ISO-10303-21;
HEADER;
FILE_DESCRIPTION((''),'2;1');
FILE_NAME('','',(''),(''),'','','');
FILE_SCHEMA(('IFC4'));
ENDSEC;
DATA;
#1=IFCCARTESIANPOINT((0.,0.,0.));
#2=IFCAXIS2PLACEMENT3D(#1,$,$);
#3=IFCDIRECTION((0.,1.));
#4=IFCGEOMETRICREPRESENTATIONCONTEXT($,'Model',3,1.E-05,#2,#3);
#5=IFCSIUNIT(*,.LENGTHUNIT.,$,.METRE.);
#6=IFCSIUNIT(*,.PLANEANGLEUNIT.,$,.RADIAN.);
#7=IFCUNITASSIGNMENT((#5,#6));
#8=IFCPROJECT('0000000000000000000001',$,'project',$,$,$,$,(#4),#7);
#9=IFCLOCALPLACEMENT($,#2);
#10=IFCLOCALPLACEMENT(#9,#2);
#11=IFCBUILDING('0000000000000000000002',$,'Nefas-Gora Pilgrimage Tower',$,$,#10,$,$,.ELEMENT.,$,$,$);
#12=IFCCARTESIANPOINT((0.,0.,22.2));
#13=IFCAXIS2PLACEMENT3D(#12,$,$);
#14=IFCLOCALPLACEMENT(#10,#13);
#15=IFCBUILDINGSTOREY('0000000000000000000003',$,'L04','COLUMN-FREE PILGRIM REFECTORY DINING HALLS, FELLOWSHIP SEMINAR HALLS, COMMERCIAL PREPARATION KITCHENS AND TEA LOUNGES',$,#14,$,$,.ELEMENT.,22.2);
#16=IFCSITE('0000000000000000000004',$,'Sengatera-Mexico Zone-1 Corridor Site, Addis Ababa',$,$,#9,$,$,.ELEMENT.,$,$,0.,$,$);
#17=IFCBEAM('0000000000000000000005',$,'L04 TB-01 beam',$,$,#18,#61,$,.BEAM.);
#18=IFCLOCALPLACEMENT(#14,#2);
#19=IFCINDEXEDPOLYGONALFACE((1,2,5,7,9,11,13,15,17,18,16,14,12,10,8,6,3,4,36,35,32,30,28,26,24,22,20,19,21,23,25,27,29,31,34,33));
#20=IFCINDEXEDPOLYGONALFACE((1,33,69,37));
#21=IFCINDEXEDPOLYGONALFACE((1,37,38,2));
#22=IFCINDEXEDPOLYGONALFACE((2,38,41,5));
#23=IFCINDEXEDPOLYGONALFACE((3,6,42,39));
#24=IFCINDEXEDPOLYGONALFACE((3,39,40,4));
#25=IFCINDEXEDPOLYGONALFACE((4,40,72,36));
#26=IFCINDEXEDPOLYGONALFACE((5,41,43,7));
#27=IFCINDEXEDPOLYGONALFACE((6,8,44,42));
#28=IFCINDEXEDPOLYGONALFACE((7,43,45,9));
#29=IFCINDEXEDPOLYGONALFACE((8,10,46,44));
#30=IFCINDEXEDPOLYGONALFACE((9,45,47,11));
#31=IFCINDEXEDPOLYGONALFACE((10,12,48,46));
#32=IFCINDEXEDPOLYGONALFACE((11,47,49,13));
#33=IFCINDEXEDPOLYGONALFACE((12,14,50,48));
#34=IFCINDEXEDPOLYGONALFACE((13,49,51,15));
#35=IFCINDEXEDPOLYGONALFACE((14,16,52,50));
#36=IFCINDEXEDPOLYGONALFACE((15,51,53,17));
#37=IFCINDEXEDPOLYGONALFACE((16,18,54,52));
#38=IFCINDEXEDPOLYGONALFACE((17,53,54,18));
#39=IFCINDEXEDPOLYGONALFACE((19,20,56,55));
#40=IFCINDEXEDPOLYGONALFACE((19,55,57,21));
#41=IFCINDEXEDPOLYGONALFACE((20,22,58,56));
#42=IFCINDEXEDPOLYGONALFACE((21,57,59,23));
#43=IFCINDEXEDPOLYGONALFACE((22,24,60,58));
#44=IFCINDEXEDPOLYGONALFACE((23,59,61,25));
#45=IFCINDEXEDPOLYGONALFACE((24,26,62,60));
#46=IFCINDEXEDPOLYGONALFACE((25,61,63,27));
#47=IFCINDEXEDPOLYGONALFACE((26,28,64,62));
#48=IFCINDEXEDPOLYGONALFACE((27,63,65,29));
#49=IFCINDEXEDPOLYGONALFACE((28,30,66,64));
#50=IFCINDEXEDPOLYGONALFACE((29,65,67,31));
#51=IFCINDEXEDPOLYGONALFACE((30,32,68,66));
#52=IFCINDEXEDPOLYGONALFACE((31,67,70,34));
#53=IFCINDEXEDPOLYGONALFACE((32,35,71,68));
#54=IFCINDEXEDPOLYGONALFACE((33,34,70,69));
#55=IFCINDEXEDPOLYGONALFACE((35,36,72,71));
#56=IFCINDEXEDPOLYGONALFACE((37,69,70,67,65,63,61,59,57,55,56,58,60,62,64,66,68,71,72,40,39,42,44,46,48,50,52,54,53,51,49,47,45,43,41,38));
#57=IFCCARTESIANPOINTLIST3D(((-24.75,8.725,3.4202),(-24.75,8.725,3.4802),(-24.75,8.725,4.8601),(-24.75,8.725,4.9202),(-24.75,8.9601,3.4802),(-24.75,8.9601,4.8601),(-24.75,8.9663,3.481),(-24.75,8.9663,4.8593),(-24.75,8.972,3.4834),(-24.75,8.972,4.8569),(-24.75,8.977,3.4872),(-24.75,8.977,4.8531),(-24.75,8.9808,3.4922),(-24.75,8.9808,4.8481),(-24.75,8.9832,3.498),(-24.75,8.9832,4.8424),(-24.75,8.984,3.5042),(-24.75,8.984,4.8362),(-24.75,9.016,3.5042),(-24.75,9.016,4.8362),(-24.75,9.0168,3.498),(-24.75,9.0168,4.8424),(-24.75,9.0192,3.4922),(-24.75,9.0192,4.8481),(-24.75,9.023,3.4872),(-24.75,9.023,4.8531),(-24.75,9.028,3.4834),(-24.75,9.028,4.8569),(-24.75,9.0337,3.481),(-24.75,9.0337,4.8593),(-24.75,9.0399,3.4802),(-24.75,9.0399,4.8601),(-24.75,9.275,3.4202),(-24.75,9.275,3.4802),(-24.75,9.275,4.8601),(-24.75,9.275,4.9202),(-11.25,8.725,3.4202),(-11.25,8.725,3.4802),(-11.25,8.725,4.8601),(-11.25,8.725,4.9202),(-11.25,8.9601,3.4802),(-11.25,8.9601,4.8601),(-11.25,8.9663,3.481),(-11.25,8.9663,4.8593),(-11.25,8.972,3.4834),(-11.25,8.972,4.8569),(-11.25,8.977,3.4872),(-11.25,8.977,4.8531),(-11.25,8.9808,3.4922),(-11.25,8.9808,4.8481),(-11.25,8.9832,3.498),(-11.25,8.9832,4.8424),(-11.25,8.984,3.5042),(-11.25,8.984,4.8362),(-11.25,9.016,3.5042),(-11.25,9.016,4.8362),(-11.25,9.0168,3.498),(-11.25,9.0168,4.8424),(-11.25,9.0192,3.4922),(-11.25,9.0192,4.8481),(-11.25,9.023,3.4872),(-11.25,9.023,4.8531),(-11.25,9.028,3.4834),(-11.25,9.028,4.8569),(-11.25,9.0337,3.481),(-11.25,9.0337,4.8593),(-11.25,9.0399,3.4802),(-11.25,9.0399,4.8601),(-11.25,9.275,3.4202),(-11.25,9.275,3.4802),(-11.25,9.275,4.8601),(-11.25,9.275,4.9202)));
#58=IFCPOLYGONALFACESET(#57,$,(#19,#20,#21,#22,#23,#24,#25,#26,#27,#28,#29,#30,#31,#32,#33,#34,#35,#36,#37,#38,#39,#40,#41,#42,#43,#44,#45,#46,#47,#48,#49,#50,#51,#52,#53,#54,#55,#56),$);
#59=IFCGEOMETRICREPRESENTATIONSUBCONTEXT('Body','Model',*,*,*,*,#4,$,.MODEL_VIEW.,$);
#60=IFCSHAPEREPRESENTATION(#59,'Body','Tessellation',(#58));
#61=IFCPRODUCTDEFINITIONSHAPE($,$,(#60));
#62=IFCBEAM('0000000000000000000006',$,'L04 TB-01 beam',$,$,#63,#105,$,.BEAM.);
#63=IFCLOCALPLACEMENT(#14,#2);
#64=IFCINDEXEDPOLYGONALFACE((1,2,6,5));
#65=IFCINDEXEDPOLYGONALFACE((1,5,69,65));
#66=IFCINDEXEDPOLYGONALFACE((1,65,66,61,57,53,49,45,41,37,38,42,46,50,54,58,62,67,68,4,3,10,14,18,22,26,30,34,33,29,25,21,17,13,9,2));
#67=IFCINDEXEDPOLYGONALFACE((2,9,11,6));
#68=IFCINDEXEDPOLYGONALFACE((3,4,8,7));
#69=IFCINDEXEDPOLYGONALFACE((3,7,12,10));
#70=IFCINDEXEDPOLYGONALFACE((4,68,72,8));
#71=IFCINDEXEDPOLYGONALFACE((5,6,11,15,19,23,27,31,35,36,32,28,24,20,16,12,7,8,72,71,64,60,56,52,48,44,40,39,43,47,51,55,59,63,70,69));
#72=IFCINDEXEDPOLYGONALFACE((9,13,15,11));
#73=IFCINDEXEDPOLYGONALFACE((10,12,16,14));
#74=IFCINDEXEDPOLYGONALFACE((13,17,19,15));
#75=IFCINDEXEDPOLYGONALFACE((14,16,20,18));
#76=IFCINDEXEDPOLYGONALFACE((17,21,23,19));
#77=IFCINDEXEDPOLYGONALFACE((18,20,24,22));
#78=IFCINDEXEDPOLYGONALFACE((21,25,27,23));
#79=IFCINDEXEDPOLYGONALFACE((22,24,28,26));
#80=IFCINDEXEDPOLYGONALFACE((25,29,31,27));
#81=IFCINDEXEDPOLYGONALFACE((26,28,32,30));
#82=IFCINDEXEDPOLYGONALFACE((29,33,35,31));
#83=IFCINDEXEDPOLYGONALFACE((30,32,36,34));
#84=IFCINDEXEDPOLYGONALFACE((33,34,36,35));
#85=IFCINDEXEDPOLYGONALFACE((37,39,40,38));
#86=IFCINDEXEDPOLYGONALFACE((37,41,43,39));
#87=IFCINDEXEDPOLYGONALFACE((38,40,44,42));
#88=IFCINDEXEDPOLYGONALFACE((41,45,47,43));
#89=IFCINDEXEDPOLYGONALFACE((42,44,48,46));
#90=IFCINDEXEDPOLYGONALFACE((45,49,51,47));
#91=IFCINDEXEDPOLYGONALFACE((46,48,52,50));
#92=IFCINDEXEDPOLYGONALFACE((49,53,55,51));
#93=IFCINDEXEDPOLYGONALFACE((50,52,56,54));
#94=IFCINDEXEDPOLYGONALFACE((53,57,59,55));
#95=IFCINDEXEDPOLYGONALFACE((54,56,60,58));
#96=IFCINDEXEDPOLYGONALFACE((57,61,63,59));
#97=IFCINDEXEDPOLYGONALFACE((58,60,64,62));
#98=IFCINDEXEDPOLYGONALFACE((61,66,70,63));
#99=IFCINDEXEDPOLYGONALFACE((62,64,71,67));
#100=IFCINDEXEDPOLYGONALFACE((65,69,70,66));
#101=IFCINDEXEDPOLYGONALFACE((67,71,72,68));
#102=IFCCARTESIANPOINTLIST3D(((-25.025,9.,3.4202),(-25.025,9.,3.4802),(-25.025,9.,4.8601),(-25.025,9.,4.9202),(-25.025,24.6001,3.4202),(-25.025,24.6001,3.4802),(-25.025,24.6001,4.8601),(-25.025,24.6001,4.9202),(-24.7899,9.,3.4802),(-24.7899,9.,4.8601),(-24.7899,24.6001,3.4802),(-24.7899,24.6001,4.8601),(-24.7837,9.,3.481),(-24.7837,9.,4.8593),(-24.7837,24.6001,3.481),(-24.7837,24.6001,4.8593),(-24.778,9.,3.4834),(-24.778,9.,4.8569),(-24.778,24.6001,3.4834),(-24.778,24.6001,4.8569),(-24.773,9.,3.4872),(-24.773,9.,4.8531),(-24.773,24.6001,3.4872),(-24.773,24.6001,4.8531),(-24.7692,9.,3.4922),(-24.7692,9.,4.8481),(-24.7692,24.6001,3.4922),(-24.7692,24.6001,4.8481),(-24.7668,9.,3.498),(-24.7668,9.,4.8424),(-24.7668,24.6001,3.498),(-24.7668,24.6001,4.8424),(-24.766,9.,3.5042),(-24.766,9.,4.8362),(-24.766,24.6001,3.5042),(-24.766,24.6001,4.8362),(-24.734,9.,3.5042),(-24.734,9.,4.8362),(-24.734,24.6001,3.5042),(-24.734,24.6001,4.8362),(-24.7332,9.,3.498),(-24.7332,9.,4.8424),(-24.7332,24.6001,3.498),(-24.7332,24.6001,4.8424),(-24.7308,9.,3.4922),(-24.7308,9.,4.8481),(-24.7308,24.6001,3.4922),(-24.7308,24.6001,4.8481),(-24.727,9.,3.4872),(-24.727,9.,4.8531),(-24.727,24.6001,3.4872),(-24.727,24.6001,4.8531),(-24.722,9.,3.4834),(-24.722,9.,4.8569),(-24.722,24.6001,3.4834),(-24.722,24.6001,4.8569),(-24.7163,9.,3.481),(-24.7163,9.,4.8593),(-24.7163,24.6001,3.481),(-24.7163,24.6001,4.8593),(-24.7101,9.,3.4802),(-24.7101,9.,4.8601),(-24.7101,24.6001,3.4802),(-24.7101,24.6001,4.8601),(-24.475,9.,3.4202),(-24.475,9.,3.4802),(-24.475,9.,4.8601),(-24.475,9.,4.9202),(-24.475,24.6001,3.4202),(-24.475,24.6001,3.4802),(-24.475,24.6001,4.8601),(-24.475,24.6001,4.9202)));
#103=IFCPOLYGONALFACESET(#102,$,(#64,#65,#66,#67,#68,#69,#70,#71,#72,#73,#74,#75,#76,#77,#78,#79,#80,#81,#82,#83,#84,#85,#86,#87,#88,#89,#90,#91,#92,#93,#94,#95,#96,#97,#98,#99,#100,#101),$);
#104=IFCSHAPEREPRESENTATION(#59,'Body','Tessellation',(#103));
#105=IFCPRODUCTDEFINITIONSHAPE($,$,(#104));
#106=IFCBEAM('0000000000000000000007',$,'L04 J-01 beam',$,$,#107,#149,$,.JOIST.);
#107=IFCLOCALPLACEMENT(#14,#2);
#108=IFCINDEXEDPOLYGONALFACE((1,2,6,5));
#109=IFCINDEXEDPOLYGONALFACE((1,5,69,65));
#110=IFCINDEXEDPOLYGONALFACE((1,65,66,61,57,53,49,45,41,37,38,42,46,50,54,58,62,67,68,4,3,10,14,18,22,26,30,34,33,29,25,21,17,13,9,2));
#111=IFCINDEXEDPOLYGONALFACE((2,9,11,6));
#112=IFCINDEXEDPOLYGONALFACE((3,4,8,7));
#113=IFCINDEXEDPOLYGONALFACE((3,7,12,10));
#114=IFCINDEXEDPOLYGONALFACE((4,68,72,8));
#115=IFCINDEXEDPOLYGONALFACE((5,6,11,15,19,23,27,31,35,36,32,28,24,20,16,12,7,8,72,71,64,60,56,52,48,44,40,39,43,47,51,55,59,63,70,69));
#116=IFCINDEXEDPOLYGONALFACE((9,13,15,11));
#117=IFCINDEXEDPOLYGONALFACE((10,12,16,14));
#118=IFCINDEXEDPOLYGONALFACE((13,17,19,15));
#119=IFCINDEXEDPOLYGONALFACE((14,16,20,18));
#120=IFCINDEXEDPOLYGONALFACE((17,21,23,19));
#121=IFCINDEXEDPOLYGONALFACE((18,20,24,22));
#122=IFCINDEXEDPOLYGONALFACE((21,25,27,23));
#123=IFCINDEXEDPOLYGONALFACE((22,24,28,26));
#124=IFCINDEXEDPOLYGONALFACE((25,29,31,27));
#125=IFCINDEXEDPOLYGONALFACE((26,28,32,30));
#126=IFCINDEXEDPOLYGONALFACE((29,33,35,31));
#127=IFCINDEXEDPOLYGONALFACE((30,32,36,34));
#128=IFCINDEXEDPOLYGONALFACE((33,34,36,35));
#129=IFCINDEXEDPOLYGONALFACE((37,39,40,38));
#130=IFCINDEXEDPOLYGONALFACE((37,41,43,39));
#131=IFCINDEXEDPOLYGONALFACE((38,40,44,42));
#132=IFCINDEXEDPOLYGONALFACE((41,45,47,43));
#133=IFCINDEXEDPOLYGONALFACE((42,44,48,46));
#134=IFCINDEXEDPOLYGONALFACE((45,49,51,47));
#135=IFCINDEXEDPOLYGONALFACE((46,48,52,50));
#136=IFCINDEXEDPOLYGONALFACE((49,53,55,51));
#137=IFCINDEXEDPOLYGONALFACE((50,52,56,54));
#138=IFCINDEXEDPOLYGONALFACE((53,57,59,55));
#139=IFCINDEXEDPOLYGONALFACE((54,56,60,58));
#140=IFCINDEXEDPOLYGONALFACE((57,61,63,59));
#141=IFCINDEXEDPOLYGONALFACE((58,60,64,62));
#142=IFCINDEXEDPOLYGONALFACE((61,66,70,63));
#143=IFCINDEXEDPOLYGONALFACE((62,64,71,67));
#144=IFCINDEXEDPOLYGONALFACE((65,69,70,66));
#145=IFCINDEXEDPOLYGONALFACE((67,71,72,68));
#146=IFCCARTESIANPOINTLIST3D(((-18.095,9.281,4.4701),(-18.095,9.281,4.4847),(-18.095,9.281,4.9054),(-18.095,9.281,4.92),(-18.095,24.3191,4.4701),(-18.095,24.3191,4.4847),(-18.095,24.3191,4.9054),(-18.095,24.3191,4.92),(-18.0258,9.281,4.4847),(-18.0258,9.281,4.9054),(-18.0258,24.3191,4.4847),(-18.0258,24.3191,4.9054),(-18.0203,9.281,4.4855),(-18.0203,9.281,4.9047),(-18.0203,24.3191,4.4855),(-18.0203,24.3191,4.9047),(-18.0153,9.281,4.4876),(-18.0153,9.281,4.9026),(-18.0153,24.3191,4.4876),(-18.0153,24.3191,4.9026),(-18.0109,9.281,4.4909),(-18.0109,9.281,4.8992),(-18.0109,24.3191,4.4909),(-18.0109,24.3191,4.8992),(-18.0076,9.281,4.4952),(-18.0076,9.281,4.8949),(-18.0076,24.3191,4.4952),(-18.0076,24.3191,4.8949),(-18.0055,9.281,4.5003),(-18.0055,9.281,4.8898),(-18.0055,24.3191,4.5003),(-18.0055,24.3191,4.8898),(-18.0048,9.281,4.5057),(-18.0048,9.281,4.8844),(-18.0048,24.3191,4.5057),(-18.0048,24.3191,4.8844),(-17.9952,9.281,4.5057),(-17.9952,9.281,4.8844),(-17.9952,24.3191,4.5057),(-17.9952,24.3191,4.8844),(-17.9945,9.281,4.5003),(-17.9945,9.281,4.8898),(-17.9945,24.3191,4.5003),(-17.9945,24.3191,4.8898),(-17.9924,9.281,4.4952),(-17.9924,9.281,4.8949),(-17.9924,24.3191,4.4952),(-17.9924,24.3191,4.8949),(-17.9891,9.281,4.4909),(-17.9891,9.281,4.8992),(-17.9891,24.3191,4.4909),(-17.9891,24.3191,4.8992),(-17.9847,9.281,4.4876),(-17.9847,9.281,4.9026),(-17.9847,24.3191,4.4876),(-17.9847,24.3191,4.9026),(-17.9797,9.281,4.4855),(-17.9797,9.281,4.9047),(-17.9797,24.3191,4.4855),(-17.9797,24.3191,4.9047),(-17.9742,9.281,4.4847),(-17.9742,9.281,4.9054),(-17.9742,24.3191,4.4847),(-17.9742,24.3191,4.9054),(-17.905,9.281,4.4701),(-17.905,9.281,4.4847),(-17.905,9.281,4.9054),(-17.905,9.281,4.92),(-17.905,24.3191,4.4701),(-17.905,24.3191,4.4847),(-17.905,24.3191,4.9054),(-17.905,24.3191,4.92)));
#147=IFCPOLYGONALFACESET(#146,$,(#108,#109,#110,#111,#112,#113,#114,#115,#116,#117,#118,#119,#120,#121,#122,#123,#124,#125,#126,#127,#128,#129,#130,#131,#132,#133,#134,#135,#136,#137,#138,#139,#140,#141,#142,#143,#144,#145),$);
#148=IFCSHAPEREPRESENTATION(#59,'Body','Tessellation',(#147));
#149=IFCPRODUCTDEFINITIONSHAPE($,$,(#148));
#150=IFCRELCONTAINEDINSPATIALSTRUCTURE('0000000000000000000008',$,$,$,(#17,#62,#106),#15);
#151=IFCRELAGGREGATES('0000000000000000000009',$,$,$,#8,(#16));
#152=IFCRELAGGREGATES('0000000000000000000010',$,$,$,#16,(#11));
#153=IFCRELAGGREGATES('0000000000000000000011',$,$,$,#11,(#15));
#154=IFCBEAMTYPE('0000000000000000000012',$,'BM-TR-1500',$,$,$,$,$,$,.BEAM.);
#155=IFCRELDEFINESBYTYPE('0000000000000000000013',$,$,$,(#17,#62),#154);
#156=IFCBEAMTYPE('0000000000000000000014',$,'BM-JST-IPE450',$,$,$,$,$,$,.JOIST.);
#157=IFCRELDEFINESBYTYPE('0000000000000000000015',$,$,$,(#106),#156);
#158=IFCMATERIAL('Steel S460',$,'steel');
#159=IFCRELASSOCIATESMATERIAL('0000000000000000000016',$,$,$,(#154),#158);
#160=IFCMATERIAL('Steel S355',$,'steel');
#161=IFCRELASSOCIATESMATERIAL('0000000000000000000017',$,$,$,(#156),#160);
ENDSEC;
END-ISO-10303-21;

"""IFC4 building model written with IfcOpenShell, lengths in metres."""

from ifc_helpers import new_model, si_unit, direction, frame, origin, origin_2d, place, context, subcontext, project, spatial, i_section, extrude, source, transform, mapped, material, material_profile, profile_set, type_object, element, save


model = new_model("IFC4")

# Units and contexts
model_context = context("Model", 3, precision=1e-05, world=origin(), true_north=direction((0.0, 1.0)))
body_context = subcontext(model_context, "Body", "Model", "MODEL_VIEW")
ifc_project = project(units=[si_unit("LENGTHUNIT", "METRE"), si_unit("PLANEANGLEUNIT", "RADIAN")], contexts=[model_context])

# Site, building, storey
site_placement = place(None, origin())
site = spatial("IfcSite", under=ifc_project, at=site_placement, Name="Sengatera-Mexico Zone-1 Corridor Site, Addis Ababa", CompositionType="ELEMENT", RefElevation=0.0)
building_placement = place(site_placement, origin())
building = spatial("IfcBuilding", under=site, at=building_placement, Name="Nefas-Gora Pilgrimage Tower", CompositionType="ELEMENT")
storey_placement = place(building_placement, frame((0.0, 0.0, 22.2)))
storey = spatial("IfcBuildingStorey", under=building, at=storey_placement, Name="L04", Description="COLUMN-FREE PILGRIM REFECTORY DINING HALLS, FELLOWSHIP SEMINAR HALLS, COMMERCIAL PREPARATION KITCHENS AND TEA LOUNGES", CompositionType="ELEMENT", Elevation=22.2)

# Shared definitions
ifc_material_1 = material(Name="Steel S460", Category="steel")

# Beams
ifc_material_profile_1 = material_profile(ifc_material_1, i_section(OverallWidth=0.55, OverallDepth=1.5, WebThickness=0.032, FlangeThickness=0.0601, FilletRadius=0.0239, at=origin_2d()), Name="WPG 1500x550x32x60")
ifc_profile_set_1 = profile_set([ifc_material_profile_1], Name="Steel S460")
beam_type_1 = type_object("IfcBeamType", Name="BM-TR-1500", PredefinedType="BEAM", material=ifc_profile_set_1)
shared_shape_1 = source(origin(), body_context, "Body", "SweptSolid", [
    extrude(i_section(OverallWidth=0.55, OverallDepth=1.5, WebThickness=0.032, FlangeThickness=0.0601, FilletRadius=0.0239, at=origin_2d()), origin(), (0.0, 0.0, 1.0), 13.5),
])
beam_1_placement = place(storey_placement, frame((-24.75, 9.0, 4.1702), z_axis=(1.0, 0.0, 0.0), x_axis=(0.0, 1.0, 0.0)))
element("IfcBeam", 1, at=beam_1_placement, inside=storey, type_object=beam_type_1, Name="L04 TB-01 beam", PredefinedType="BEAM", context=body_context, shape_type="MappedRepresentation", body=[
    mapped(shared_shape_1, transform((0.0, 0.0, 0.0), x_axis=(1.0, 0.0, 0.0), y_axis=(0.0, 1.0, 0.0), z_axis=(0.0, 0.0, 1.0), scale=1.0)),
])
shared_shape_2 = source(origin(), body_context, "Body", "SweptSolid", [
    extrude(i_section(OverallWidth=0.55, OverallDepth=1.5, WebThickness=0.032, FlangeThickness=0.0601, FilletRadius=0.0239, at=origin_2d()), origin(), (0.0, 0.0, 1.0), 15.6001),
])
beam_2_placement = place(storey_placement, frame((-24.75, 9.0, 4.1702), z_axis=(0.0, 1.0, 0.0), x_axis=(-1.0, 0.0, 0.0)))
element("IfcBeam", 2, at=beam_2_placement, inside=storey, type_object=beam_type_1, Name="L04 TB-01 beam", PredefinedType="BEAM", context=body_context, shape_type="MappedRepresentation", body=[
    mapped(shared_shape_2, transform((0.0, 0.0, 0.0), x_axis=(1.0, 0.0, 0.0), y_axis=(0.0, 1.0, 0.0), z_axis=(0.0, 0.0, 1.0), scale=1.0)),
])
ifc_material_2 = material(Name="Steel S355", Category="steel")
ifc_material_profile_2 = material_profile(ifc_material_2, i_section(OverallWidth=0.1899, OverallDepth=0.45, WebThickness=0.0095, FlangeThickness=0.0146, FilletRadius=0.021, at=origin_2d()), Name="IPE 450")
ifc_profile_set_2 = profile_set([ifc_material_profile_2], Name="Steel S355")
beam_type_2 = type_object("IfcBeamType", Name="BM-JST-IPE450", PredefinedType="JOIST", material=ifc_profile_set_2)
shared_shape_3 = source(origin(), body_context, "Body", "SweptSolid", [
    extrude(i_section(OverallWidth=0.1899, OverallDepth=0.45, WebThickness=0.0095, FlangeThickness=0.0146, FilletRadius=0.021, at=origin_2d()), origin(), (0.0, 0.0, 1.0), 15.0381),
])
beam_3_placement = place(storey_placement, frame((-18.0, 9.281, 4.6951), z_axis=(0.0, 1.0, 0.0), x_axis=(-1.0, 0.0, 0.0)))
element("IfcBeam", 3, at=beam_3_placement, inside=storey, type_object=beam_type_2, Name="L04 J-01 beam", PredefinedType="JOIST", context=body_context, shape_type="MappedRepresentation", body=[
    mapped(shared_shape_3, transform((0.0, 0.0, 0.0), x_axis=(1.0, 0.0, 0.0), y_axis=(0.0, 1.0, 0.0), z_axis=(0.0, 0.0, 1.0), scale=1.0)),
])

save(model, "model.ifc")
